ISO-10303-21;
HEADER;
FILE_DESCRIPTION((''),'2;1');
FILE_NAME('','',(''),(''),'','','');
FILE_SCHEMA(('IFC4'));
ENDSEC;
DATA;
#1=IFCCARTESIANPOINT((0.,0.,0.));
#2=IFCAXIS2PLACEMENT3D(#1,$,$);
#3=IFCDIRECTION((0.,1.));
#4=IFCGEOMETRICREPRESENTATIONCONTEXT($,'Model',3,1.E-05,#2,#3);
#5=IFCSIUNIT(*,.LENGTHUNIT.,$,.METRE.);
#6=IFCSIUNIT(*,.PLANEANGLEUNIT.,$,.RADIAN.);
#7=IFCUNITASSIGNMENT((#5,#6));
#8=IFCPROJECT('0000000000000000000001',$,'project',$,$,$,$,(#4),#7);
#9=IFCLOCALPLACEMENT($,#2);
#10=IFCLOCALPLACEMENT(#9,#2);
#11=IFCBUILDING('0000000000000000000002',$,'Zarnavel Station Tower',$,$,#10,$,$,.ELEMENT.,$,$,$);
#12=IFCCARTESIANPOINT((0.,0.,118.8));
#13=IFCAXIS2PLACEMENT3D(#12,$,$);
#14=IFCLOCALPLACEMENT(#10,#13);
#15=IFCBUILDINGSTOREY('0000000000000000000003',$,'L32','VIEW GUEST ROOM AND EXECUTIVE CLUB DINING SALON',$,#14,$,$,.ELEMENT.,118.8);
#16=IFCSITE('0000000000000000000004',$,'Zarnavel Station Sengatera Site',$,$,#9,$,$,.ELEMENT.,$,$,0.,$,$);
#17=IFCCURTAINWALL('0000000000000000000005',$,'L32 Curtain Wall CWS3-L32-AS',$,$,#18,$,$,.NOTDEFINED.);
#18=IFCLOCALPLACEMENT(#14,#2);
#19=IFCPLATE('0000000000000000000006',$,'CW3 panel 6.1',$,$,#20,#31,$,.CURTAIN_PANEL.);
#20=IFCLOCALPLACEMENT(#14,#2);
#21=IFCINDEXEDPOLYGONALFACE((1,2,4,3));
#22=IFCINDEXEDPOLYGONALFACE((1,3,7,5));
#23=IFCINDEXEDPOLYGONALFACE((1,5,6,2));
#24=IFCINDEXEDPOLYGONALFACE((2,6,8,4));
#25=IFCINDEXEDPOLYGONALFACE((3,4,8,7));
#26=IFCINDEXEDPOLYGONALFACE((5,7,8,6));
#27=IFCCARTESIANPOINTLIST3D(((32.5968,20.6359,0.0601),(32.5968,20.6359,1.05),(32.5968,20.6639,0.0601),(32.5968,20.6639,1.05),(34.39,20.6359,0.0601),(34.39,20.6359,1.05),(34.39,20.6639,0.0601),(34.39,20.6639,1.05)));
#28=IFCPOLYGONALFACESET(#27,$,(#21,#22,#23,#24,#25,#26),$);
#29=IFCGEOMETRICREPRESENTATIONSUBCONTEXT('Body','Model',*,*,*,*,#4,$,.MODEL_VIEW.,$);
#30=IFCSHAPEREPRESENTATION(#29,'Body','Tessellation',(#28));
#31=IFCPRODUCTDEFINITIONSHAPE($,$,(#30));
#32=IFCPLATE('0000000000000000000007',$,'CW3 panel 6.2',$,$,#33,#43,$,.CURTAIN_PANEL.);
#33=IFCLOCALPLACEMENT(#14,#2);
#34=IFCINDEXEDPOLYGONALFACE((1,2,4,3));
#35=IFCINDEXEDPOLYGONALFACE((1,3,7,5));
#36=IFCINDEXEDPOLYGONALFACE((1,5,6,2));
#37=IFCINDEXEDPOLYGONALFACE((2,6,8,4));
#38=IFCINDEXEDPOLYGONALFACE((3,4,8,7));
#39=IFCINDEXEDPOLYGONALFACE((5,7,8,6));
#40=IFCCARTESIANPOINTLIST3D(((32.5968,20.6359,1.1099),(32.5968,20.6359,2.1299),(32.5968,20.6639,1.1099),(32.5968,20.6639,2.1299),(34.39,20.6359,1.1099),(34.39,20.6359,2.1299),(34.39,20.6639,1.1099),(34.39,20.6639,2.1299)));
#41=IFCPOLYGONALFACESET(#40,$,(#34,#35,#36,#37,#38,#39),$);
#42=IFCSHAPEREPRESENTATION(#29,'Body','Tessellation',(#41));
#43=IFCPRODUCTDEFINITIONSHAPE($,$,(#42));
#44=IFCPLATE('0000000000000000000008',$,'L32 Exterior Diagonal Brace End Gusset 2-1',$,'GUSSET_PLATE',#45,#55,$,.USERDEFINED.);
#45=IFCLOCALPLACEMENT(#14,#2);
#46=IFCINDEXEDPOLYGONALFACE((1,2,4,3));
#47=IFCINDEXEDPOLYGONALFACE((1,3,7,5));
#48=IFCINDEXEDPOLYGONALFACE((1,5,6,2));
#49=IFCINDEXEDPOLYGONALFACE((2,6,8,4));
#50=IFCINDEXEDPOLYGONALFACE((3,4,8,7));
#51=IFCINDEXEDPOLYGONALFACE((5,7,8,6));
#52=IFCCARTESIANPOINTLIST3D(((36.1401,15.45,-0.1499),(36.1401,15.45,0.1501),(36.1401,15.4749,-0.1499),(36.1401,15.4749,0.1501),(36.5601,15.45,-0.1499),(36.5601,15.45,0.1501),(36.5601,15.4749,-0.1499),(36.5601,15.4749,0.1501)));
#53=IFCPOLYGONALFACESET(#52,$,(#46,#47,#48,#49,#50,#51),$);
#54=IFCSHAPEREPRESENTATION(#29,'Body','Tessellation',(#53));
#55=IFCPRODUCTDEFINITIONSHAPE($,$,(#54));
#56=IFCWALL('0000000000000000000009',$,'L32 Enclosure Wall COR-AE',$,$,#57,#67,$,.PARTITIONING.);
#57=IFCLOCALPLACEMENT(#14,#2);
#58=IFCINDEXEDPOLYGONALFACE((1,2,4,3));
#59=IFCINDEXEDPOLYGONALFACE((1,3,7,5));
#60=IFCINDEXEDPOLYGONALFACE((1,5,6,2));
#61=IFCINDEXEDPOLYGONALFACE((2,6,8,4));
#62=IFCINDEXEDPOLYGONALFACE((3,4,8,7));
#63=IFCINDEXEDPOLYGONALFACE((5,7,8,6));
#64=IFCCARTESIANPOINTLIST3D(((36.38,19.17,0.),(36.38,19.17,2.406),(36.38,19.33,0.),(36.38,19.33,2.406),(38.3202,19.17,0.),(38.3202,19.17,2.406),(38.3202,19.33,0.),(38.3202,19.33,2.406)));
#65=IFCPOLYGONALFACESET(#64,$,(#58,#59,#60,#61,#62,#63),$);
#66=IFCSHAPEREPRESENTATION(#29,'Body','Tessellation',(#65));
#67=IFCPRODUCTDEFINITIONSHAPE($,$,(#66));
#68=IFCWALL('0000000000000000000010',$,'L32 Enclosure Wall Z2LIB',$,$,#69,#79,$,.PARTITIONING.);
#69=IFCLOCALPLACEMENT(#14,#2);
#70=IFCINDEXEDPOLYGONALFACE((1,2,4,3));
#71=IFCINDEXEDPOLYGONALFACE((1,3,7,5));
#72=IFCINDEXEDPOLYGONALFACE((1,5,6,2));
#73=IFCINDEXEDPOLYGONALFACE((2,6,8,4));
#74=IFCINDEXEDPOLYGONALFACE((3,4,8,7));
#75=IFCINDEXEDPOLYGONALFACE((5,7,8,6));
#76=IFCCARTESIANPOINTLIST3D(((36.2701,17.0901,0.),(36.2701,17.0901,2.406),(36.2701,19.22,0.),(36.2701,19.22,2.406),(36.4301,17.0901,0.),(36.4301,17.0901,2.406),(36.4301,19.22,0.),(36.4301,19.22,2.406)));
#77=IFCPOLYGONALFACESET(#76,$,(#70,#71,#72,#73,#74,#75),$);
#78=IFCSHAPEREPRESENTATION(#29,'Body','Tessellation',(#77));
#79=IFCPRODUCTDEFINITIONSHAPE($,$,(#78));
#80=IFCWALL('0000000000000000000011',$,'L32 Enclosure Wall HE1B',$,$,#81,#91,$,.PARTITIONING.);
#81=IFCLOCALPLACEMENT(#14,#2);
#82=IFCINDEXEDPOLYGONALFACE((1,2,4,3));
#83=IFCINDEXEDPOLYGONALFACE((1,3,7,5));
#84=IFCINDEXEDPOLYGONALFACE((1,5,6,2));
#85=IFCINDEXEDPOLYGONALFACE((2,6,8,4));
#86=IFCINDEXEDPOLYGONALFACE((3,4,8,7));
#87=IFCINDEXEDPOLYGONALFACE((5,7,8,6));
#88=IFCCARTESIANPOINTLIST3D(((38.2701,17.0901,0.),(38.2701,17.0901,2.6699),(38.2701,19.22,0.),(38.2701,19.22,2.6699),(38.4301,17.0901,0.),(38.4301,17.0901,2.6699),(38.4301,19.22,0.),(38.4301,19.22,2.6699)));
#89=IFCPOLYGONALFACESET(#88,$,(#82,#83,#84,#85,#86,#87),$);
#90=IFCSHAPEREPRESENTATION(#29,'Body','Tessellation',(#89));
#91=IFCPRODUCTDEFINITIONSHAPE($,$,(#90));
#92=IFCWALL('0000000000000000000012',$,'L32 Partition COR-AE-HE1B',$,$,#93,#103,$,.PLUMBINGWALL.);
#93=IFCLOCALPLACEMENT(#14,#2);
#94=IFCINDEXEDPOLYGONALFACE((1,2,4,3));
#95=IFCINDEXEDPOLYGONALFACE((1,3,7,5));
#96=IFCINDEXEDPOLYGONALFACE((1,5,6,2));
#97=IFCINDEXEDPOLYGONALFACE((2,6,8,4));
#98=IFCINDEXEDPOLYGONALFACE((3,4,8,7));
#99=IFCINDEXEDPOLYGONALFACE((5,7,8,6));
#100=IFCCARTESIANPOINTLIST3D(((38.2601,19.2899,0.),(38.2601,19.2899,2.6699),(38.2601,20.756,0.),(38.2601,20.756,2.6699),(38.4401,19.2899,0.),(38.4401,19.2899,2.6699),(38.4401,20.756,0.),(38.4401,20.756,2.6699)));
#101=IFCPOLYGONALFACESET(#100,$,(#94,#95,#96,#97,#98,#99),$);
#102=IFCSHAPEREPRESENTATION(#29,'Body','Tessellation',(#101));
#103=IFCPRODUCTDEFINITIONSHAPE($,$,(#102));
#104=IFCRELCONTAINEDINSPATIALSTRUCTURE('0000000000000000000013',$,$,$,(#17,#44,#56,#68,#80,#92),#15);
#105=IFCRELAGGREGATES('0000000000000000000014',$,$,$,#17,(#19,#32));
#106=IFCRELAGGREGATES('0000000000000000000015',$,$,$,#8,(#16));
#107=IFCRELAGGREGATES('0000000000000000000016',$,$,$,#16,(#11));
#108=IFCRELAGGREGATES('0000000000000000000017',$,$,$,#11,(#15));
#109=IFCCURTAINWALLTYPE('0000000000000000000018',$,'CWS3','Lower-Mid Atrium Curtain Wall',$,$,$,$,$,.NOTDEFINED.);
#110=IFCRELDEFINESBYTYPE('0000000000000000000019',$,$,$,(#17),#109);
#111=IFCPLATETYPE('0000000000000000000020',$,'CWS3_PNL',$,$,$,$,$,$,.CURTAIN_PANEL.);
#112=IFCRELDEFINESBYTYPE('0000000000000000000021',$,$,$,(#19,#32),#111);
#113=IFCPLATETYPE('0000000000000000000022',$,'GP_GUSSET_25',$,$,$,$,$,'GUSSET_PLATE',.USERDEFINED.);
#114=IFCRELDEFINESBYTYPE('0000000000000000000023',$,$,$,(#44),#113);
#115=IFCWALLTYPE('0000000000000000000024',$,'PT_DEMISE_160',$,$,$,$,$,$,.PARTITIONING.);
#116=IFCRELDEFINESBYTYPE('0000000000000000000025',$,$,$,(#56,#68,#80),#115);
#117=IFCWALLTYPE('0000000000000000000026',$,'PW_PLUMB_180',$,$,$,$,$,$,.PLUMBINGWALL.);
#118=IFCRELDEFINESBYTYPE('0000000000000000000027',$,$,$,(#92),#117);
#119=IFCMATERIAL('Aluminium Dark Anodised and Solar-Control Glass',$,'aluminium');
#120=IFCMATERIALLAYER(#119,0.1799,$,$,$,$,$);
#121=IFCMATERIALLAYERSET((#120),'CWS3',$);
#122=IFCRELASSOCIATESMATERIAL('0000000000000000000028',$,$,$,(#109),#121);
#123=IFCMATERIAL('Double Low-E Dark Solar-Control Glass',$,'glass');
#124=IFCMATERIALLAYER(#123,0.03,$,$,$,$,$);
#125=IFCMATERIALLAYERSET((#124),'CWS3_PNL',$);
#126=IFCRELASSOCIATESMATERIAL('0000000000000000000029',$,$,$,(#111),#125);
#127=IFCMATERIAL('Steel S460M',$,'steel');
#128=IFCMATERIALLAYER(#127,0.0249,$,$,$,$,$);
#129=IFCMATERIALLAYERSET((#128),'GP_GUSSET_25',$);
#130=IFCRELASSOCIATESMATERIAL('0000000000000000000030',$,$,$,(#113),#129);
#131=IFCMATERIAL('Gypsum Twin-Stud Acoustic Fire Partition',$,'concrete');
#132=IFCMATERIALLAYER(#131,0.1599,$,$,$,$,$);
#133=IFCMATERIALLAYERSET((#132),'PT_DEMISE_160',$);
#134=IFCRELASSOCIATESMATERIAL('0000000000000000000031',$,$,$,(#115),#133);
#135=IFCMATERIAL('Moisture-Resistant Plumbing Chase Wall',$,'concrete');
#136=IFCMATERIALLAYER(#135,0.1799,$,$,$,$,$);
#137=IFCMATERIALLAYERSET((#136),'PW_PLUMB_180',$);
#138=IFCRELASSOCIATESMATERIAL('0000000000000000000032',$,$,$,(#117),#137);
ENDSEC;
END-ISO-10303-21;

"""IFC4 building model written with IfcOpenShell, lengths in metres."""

from ifc_helpers import new_model, si_unit, direction, frame, frame_2d, origin, origin_2d, place, context, subcontext, project, spatial, rectangle, extrude, material, layer, layer_set, type_object, element, aggregate, save


model = new_model("IFC4")

# Units and contexts
model_context = context("Model", 3, precision=1e-05, world=origin(), true_north=direction((0.0, 1.0)))
body_context = subcontext(model_context, "Body", "Model", "MODEL_VIEW")
ifc_project = project(units=[si_unit("LENGTHUNIT", "METRE"), si_unit("PLANEANGLEUNIT", "RADIAN")], contexts=[model_context])

# Site, building, storey
site_placement = place(None, origin())
site = spatial("IfcSite", under=ifc_project, at=site_placement, Name="Zarnavel Station Sengatera Site", CompositionType="ELEMENT", RefElevation=0.0)
building_placement = place(site_placement, origin())
building = spatial("IfcBuilding", under=site, at=building_placement, Name="Zarnavel Station Tower", CompositionType="ELEMENT")
storey_placement = place(building_placement, frame((0.0, 0.0, 118.8)))
storey = spatial("IfcBuildingStorey", under=building, at=storey_placement, Name="L32", Description="VIEW GUEST ROOM AND EXECUTIVE CLUB DINING SALON", CompositionType="ELEMENT", Elevation=118.8)

# Curtain wall
ifc_material_1 = material(Name="Aluminium Dark Anodised and Solar-Control Glass", Category="aluminium")
ifc_layer_1 = layer(ifc_material_1, 0.1799)
ifc_layer_set_1 = layer_set([ifc_layer_1], Name="CWS3")
curtain_wall_type = type_object("IfcCurtainWallType", Name="CWS3", Description="Lower-Mid Atrium Curtain Wall", PredefinedType="NOTDEFINED", material=ifc_layer_set_1)
curtain_wall_placement = place(storey_placement, origin())
curtain_wall = element("IfcCurtainWall", 1, at=curtain_wall_placement, inside=storey, type_object=curtain_wall_type, Name="L32 Curtain Wall CWS3-L32-AS", PredefinedType="NOTDEFINED")

# Plates
ifc_material_2 = material(Name="Double Low-E Dark Solar-Control Glass", Category="glass")
ifc_layer_2 = layer(ifc_material_2, 0.03)
ifc_layer_set_2 = layer_set([ifc_layer_2], Name="CWS3_PNL")
plate_type_1 = type_object("IfcPlateType", Name="CWS3_PNL", PredefinedType="CURTAIN_PANEL", material=ifc_layer_set_2)
plate_1_placement = place(storey_placement, frame((33.4934, 20.6499, 0.0601), z_axis=(0.0, 0.0, 1.0), x_axis=(1.0, 0.0, 0.0)))
plate_1 = element("IfcPlate", 2, at=plate_1_placement, type_object=plate_type_1, Name="CW3 panel 6.1", PredefinedType="CURTAIN_PANEL", context=body_context, shape_type="SweptSolid", body=[
    extrude(rectangle(XDim=1.7932, YDim=0.0281, at=origin_2d()), origin(), (0.0, 0.0, 1.0), 0.99),
])
plate_2_placement = place(storey_placement, frame((33.4934, 20.6499, 1.1099), z_axis=(0.0, 0.0, 1.0), x_axis=(1.0, 0.0, 0.0)))
plate_2 = element("IfcPlate", 3, at=plate_2_placement, type_object=plate_type_1, Name="CW3 panel 6.2", PredefinedType="CURTAIN_PANEL", context=body_context, shape_type="SweptSolid", body=[
    extrude(rectangle(XDim=1.7932, YDim=0.0281, at=origin_2d()), origin(), (0.0, 0.0, 1.0), 1.02),
])
aggregate(curtain_wall, [plate_1, plate_2])
ifc_material_3 = material(Name="Steel S460M", Category="steel")
ifc_layer_3 = layer(ifc_material_3, 0.0249)
ifc_layer_set_3 = layer_set([ifc_layer_3], Name="GP_GUSSET_25")
plate_type_2 = type_object("IfcPlateType", Name="GP_GUSSET_25", ElementType="GUSSET_PLATE", PredefinedType="USERDEFINED", material=ifc_layer_set_3)
plate_3_placement = place(storey_placement, frame((36.3501, 15.4624, -0.1499), z_axis=(0.0, 0.0, 1.0), x_axis=(1.0, 0.0, 0.0)))
element("IfcPlate", 4, at=plate_3_placement, inside=storey, type_object=plate_type_2, Name="L32 Exterior Diagonal Brace End Gusset 2-1", ObjectType="GUSSET_PLATE", PredefinedType="USERDEFINED", context=body_context, shape_type="SweptSolid", body=[
    extrude(rectangle(XDim=0.4199, YDim=0.0249, at=origin_2d()), origin(), (0.0, 0.0, 1.0), 0.3),
])

# Walls
ifc_material_4 = material(Name="Gypsum Twin-Stud Acoustic Fire Partition", Category="concrete")
ifc_layer_4 = layer(ifc_material_4, 0.1599)
ifc_layer_set_4 = layer_set([ifc_layer_4], Name="PT_DEMISE_160")
wall_type_1 = type_object("IfcWallType", Name="PT_DEMISE_160", PredefinedType="PARTITIONING", material=ifc_layer_set_4)
wall_1_placement = place(storey_placement, frame((36.3799, 19.25, 0.0), z_axis=(0.0, 0.0, 1.0), x_axis=(1.0, 0.0, 0.0)))
element("IfcWall", 5, at=wall_1_placement, inside=storey, type_object=wall_type_1, Name="L32 Enclosure Wall COR-AE", PredefinedType="PARTITIONING", context=body_context, shape_type="SweptSolid", body=[
    extrude(rectangle(XDim=1.9402, YDim=0.1599, at=frame_2d((0.9702, 0.0))), origin(), (0.0, 0.0, 1.0), 2.406),
])
wall_2_placement = place(storey_placement, frame((36.3501, 17.0901, 0.0), z_axis=(0.0, 0.0, 1.0), x_axis=(0.0, 1.0, 0.0)))
element("IfcWall", 6, at=wall_2_placement, inside=storey, type_object=wall_type_1, Name="L32 Enclosure Wall Z2LIB", PredefinedType="PARTITIONING", context=body_context, shape_type="SweptSolid", body=[
    extrude(rectangle(XDim=2.1299, YDim=0.1599, at=frame_2d((1.0649, 0.0))), origin(), (0.0, 0.0, 1.0), 2.406),
])
wall_3_placement = place(storey_placement, frame((38.3501, 17.0901, 0.0), z_axis=(0.0, 0.0, 1.0), x_axis=(0.0, 1.0, 0.0)))
element("IfcWall", 7, at=wall_3_placement, inside=storey, type_object=wall_type_1, Name="L32 Enclosure Wall HE1B", PredefinedType="PARTITIONING", context=body_context, shape_type="SweptSolid", body=[
    extrude(rectangle(XDim=2.1299, YDim=0.1599, at=frame_2d((1.0649, 0.0))), origin(), (0.0, 0.0, 1.0), 2.6699),
])
ifc_material_5 = material(Name="Moisture-Resistant Plumbing Chase Wall", Category="concrete")
ifc_layer_5 = layer(ifc_material_5, 0.1799)
ifc_layer_set_5 = layer_set([ifc_layer_5], Name="PW_PLUMB_180")
wall_type_2 = type_object("IfcWallType", Name="PW_PLUMB_180", PredefinedType="PLUMBINGWALL", material=ifc_layer_set_5)
wall_4_placement = place(storey_placement, frame((38.3501, 19.29, 0.0), z_axis=(0.0, 0.0, 1.0), x_axis=(0.0, 1.0, 0.0)))
element("IfcWall", 8, at=wall_4_placement, inside=storey, type_object=wall_type_2, Name="L32 Partition COR-AE-HE1B", PredefinedType="PLUMBINGWALL", context=body_context, shape_type="SweptSolid", body=[
    extrude(rectangle(XDim=1.4661, YDim=0.1799, at=frame_2d((0.7329, 0.0))), origin(), (0.0, 0.0, 1.0), 2.6699),
])

save(model, "model.ifc")
